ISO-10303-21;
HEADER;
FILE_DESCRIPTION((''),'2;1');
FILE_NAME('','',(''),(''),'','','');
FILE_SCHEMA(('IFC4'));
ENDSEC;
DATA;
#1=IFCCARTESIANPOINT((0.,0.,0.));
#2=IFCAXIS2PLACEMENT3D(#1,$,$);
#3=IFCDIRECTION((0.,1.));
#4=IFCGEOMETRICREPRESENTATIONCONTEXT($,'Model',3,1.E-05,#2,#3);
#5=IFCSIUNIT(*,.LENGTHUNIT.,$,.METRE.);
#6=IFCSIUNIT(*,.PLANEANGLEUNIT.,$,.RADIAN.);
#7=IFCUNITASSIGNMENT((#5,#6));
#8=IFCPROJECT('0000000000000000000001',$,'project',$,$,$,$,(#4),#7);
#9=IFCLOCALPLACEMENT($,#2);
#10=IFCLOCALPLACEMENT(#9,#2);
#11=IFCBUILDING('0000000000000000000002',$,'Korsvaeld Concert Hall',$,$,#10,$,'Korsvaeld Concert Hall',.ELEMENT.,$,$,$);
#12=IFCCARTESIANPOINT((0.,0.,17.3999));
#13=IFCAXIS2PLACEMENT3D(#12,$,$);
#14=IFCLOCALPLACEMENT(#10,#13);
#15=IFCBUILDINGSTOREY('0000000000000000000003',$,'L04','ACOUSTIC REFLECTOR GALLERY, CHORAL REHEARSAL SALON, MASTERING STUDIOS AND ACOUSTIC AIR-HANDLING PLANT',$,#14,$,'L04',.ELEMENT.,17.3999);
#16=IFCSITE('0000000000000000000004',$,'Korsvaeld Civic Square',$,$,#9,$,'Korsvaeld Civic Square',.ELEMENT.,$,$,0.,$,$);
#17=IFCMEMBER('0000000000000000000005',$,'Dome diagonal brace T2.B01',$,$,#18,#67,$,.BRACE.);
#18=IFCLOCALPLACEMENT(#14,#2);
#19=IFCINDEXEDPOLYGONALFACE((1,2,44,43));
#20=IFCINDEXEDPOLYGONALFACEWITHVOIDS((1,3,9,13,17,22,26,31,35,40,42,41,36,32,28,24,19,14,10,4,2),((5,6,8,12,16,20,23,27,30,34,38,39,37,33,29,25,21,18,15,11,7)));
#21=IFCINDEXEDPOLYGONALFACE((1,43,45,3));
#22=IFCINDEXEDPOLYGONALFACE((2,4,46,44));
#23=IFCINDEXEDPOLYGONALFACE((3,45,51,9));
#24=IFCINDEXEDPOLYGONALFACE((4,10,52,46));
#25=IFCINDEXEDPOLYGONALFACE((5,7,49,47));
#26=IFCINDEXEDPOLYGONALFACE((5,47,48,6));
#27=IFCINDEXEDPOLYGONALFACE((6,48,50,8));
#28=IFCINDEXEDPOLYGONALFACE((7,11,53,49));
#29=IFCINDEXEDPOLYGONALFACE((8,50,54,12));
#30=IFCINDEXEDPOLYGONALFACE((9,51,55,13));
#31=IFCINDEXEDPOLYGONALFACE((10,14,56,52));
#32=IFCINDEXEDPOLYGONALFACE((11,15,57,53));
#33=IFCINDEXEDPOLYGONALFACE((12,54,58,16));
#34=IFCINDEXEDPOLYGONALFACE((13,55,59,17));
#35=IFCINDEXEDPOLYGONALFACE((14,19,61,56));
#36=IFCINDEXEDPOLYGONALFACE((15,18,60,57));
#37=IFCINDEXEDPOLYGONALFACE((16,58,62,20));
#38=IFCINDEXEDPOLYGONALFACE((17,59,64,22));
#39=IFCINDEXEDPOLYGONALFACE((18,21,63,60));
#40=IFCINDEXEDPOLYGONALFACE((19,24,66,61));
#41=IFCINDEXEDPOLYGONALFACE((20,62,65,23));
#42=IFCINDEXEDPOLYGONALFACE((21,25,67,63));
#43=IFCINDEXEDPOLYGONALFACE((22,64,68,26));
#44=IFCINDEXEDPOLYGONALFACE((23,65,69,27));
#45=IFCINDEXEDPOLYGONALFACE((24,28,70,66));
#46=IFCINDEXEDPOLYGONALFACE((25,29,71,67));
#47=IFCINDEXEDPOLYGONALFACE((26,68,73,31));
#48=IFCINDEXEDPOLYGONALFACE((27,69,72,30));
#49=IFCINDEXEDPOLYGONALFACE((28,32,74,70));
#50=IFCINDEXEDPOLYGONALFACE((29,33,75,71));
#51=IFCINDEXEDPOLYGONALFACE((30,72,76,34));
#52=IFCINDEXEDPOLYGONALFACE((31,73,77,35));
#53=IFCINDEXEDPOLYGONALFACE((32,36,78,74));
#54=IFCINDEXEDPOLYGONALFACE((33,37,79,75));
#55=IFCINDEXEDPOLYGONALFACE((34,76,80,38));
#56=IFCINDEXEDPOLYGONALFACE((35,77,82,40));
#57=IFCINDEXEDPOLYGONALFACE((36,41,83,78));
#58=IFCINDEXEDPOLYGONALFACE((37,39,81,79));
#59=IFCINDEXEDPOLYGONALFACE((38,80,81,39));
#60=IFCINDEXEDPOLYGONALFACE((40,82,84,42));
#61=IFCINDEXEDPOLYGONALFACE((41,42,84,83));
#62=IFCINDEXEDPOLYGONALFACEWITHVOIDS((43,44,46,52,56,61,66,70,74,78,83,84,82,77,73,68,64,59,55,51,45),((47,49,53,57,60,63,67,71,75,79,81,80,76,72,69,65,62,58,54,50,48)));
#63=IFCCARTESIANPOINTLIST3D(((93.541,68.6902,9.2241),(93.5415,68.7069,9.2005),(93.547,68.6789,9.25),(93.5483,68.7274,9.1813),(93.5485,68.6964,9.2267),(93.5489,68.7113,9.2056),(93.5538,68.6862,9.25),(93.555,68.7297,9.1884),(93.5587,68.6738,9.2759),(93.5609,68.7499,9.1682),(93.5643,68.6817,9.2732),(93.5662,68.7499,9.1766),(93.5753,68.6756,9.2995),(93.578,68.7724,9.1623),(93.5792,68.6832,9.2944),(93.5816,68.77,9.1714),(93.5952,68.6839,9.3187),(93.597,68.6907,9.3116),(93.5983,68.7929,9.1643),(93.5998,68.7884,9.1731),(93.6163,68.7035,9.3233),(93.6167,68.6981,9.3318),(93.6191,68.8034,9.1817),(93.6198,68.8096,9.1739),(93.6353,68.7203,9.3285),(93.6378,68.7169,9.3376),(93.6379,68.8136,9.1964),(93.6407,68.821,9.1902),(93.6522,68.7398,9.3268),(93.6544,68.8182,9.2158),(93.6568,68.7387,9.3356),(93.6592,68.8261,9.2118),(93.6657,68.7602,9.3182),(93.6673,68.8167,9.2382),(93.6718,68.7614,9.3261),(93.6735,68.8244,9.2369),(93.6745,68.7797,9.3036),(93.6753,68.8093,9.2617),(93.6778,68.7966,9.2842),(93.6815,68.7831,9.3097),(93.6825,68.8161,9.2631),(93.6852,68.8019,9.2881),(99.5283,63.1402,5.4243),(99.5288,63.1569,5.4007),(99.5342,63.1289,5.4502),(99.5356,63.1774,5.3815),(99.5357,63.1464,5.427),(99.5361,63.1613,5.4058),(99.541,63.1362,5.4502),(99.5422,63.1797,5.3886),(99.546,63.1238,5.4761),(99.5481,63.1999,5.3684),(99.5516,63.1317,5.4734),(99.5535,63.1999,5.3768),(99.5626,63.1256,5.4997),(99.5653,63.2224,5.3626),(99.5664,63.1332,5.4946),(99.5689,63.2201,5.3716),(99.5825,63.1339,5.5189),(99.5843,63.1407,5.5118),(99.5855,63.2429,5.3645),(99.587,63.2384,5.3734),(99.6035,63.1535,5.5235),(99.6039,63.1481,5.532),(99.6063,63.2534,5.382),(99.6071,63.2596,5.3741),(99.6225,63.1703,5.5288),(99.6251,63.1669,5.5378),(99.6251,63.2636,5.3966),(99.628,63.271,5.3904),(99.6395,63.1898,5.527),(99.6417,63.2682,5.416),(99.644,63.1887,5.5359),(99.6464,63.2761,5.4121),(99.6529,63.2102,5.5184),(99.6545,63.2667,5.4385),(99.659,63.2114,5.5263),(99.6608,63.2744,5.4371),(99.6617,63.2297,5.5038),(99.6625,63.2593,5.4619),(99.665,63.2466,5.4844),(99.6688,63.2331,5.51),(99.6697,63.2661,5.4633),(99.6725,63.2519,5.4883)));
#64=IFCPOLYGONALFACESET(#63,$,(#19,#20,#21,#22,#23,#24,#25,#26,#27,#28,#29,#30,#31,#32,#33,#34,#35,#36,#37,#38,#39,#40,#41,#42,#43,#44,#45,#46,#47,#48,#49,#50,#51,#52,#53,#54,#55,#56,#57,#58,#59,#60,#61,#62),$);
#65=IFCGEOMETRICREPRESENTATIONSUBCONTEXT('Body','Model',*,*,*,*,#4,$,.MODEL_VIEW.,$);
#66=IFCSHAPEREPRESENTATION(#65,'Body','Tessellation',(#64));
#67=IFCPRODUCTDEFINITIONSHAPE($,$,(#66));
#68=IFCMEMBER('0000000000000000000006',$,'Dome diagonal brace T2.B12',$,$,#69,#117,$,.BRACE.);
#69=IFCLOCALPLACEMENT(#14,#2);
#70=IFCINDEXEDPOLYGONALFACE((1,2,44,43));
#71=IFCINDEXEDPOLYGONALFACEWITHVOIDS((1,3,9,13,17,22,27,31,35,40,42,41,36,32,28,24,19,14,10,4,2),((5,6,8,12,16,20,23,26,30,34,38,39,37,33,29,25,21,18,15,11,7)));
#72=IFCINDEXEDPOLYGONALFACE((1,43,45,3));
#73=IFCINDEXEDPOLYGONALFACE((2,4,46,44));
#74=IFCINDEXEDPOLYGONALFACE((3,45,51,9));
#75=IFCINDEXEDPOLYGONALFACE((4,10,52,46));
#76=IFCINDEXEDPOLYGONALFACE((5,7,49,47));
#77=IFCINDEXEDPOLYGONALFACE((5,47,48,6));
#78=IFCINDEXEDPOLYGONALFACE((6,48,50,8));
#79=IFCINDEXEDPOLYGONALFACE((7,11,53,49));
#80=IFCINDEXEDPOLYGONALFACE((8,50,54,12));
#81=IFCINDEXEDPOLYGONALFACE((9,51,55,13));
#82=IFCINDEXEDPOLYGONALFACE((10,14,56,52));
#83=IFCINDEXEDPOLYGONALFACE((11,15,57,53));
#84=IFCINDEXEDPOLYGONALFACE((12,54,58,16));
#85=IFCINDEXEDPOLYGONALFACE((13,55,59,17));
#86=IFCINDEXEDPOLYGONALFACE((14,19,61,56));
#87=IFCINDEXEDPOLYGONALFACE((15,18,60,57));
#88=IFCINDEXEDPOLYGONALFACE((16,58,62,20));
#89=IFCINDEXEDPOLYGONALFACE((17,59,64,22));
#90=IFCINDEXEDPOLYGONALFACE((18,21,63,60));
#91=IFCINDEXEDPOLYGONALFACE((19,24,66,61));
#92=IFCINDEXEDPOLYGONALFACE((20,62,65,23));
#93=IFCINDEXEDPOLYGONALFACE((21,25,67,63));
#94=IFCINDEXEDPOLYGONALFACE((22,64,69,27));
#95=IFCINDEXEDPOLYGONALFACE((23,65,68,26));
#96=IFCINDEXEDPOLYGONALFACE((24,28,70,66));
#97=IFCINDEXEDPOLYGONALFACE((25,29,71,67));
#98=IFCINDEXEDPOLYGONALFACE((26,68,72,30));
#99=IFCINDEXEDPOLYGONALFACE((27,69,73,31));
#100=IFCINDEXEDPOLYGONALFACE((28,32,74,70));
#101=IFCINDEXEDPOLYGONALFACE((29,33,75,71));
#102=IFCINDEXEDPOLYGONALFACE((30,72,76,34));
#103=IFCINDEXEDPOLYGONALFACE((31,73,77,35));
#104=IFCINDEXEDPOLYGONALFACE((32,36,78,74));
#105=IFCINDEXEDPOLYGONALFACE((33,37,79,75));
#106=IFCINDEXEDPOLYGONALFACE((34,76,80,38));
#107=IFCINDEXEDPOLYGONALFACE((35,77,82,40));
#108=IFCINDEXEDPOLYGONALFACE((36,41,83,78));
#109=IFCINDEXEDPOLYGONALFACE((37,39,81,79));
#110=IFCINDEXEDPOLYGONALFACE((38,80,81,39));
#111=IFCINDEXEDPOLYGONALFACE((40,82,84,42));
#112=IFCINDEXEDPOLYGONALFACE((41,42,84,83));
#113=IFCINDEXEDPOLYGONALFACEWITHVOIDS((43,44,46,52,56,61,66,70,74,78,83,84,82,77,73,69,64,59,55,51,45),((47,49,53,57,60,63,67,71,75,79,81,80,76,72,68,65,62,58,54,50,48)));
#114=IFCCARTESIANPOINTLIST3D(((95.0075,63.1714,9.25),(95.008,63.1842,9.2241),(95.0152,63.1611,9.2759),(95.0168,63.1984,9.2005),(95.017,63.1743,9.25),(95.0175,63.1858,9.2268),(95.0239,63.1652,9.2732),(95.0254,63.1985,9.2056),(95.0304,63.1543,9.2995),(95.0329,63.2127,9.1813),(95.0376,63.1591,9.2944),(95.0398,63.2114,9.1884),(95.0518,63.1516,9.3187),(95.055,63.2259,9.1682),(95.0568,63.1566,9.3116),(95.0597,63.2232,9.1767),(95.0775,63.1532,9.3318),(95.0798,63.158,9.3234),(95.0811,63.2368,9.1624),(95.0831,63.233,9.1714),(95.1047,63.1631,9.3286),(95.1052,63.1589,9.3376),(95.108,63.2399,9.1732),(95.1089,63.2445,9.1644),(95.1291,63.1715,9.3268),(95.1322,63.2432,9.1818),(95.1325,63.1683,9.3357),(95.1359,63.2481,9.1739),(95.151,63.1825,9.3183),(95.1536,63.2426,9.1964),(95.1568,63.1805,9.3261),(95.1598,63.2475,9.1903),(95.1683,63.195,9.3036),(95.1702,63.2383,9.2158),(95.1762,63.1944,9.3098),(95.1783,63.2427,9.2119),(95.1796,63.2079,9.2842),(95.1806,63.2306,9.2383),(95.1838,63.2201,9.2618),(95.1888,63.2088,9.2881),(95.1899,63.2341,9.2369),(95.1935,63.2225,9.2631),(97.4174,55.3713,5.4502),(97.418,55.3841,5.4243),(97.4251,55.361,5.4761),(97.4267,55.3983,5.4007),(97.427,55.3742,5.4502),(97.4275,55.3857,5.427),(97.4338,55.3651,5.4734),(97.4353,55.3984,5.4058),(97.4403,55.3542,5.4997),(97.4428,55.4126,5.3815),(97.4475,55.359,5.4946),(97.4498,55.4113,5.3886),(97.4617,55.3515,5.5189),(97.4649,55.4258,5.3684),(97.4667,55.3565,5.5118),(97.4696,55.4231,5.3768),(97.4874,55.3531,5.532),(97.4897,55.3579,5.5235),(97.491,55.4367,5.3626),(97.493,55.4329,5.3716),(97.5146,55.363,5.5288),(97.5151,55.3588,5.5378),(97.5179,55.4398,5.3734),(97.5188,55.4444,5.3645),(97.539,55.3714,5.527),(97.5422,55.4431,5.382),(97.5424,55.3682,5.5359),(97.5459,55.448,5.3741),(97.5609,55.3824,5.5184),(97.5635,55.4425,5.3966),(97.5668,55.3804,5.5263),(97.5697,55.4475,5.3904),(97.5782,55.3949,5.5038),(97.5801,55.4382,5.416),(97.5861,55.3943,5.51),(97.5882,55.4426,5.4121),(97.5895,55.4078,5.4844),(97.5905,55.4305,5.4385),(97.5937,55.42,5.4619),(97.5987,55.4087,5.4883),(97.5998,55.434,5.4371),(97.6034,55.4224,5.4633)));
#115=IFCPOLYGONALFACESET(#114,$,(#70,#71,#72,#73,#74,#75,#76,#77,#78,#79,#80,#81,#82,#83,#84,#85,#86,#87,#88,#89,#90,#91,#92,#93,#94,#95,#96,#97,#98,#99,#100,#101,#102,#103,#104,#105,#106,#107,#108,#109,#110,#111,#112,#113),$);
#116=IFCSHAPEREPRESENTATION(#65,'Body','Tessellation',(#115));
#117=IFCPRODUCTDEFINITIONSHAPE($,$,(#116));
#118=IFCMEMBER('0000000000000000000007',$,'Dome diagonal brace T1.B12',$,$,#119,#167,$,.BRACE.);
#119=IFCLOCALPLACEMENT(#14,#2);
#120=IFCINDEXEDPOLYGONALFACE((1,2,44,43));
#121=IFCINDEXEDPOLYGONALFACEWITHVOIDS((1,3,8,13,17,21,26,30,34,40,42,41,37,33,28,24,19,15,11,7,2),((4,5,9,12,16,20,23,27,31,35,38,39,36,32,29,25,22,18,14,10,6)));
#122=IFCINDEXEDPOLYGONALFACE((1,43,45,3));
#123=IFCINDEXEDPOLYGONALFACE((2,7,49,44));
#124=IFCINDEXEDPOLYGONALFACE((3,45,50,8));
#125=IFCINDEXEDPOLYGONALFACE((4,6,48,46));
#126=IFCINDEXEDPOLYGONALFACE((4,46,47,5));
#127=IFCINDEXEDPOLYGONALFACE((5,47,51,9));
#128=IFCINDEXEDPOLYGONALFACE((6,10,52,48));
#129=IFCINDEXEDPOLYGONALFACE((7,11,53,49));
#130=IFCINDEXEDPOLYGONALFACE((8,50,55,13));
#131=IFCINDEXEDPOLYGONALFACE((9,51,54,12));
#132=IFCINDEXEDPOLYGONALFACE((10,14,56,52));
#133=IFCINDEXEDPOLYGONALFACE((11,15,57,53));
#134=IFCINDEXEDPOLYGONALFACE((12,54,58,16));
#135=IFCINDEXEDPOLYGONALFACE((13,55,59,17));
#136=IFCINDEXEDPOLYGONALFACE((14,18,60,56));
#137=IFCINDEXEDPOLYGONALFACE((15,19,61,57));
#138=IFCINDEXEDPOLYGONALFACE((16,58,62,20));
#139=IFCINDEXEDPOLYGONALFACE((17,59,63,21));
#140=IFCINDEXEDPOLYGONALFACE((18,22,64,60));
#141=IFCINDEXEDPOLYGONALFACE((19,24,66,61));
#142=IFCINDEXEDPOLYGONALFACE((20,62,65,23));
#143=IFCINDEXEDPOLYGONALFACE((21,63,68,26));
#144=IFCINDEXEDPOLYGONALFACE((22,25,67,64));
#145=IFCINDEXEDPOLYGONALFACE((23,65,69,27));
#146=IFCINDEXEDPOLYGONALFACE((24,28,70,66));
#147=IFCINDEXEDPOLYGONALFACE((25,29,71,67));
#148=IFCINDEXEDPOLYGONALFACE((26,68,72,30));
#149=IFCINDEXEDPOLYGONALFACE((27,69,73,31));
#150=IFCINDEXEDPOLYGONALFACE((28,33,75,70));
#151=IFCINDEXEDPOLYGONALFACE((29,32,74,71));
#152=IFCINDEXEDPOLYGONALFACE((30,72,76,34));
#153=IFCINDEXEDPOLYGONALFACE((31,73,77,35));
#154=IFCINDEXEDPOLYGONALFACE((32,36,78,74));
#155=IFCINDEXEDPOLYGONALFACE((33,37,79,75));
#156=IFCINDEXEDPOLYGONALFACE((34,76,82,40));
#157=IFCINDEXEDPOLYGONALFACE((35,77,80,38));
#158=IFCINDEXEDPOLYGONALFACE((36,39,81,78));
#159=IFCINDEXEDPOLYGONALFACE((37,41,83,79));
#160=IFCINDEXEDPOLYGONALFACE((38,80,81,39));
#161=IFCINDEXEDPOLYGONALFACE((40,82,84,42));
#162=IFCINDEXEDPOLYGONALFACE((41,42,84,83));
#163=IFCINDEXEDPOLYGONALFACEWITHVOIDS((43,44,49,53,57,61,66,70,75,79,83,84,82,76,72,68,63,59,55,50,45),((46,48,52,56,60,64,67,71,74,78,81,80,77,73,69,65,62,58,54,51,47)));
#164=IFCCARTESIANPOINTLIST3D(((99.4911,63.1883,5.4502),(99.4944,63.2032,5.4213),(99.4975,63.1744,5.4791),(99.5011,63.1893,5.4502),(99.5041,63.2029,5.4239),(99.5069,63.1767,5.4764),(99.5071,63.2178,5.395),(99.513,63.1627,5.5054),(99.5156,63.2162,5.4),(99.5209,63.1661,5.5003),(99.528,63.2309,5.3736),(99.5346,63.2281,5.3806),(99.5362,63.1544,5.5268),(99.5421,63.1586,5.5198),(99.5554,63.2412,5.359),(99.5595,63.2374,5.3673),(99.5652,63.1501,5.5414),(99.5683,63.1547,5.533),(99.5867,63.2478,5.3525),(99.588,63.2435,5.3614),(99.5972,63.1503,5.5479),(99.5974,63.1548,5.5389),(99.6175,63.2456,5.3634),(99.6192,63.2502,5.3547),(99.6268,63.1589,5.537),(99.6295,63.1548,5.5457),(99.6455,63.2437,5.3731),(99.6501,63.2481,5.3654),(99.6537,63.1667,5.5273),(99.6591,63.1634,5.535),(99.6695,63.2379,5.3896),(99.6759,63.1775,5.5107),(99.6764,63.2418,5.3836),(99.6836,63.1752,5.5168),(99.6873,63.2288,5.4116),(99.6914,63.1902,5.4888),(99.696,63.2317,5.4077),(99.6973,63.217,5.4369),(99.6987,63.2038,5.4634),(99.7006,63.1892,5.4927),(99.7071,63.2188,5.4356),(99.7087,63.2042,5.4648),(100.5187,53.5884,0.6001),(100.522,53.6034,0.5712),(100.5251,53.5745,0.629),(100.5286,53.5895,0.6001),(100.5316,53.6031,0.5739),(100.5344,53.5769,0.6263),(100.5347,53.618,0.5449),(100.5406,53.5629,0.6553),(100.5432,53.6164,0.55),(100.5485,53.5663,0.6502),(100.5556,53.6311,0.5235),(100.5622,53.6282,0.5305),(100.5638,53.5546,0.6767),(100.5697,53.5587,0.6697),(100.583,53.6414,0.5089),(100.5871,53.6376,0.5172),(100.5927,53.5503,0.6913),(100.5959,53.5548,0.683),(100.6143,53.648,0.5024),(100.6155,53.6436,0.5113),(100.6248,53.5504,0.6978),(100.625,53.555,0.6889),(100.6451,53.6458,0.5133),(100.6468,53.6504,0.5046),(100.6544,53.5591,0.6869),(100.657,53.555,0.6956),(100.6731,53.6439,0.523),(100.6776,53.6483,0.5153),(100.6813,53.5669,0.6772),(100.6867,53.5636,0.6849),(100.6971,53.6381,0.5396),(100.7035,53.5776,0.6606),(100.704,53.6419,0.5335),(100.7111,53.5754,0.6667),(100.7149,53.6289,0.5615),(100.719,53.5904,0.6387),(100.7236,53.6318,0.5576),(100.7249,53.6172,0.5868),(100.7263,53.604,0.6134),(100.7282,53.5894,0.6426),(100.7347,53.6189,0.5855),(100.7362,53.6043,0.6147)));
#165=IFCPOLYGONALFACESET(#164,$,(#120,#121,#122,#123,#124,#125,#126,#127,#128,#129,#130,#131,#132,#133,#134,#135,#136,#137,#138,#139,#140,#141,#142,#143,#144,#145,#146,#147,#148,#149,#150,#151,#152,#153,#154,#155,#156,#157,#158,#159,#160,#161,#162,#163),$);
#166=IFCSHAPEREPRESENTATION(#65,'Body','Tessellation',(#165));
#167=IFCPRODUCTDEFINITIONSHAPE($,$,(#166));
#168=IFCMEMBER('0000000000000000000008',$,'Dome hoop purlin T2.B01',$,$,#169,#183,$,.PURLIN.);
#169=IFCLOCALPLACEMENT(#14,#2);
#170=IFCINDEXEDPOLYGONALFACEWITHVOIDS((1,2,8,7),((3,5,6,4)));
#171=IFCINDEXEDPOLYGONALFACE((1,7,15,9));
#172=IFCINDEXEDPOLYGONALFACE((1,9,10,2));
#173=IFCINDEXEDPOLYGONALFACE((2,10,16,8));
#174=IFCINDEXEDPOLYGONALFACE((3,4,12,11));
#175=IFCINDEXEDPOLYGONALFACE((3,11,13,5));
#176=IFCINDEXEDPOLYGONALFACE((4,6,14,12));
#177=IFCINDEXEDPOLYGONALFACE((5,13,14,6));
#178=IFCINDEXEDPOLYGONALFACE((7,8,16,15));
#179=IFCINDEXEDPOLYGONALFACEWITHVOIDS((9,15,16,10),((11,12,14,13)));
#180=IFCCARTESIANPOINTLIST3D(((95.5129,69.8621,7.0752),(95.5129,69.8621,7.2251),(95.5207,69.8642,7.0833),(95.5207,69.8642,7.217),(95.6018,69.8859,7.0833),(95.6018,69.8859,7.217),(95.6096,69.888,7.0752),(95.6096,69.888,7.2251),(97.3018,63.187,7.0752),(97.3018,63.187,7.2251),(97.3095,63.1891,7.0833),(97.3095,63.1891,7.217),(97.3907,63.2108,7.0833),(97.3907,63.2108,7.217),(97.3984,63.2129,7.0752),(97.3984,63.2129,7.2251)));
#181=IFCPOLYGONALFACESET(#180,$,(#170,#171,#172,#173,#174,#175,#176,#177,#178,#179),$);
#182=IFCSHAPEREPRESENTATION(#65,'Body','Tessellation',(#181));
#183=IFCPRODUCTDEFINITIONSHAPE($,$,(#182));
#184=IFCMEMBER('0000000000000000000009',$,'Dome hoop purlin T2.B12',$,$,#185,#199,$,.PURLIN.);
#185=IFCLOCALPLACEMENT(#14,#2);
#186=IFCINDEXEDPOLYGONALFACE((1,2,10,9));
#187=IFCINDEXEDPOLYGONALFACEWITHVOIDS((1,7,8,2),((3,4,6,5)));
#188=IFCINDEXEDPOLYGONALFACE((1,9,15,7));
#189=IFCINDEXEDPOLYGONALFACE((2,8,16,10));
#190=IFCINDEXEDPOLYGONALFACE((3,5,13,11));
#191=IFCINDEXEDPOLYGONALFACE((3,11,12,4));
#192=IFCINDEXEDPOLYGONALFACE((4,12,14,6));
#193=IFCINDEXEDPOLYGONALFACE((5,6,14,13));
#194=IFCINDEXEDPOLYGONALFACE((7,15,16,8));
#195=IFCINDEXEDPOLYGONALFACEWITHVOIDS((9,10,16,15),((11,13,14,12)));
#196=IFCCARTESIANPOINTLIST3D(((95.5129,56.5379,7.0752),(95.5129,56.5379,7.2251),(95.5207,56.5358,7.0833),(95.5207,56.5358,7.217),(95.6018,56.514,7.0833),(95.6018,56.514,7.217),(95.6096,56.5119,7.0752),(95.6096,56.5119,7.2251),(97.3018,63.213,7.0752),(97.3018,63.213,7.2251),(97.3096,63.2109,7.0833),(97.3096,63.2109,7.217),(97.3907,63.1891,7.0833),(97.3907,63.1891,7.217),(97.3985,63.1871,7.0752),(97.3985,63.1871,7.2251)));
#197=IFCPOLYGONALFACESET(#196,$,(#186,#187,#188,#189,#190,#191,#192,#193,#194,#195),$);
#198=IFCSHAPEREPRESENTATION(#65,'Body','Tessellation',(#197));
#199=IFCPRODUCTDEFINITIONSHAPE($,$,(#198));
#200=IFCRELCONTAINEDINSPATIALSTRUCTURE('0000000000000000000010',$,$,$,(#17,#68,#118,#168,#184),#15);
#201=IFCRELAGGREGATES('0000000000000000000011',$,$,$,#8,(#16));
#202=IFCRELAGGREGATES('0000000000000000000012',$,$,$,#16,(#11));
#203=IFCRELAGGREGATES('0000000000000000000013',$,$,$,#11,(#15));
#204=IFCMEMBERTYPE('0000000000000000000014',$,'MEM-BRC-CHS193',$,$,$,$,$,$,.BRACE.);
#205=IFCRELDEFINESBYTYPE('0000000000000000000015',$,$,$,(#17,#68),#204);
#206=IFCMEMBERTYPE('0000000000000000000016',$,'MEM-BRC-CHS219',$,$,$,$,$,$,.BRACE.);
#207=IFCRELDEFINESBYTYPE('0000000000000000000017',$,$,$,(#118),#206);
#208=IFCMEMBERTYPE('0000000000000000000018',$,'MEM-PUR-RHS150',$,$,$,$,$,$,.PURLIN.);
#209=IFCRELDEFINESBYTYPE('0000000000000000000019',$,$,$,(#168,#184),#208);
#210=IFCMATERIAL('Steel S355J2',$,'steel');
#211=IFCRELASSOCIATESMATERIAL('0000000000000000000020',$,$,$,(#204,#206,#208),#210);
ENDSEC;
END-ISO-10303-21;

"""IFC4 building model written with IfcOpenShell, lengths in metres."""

from ifc_helpers import new_model, si_unit, direction, frame, origin, origin_2d, place, context, subcontext, project, spatial, hollow_rectangle, hollow_circle, extrude, material, material_profile, profile_set, type_object, element, save


model = new_model("IFC4")

# Units and contexts
model_context = context("Model", 3, precision=1e-05, world=origin(), true_north=direction((0.0, 1.0)))
body_context = subcontext(model_context, "Body", "Model", "MODEL_VIEW")
ifc_project = project(units=[si_unit("LENGTHUNIT", "METRE"), si_unit("PLANEANGLEUNIT", "RADIAN")], contexts=[model_context])

# Site, building, storey
site_placement = place(None, origin())
site = spatial("IfcSite", under=ifc_project, at=site_placement, Name="Korsvaeld Civic Square", LongName="Korsvaeld Civic Square", CompositionType="ELEMENT", RefElevation=0.0)
building_placement = place(site_placement, origin())
building = spatial("IfcBuilding", under=site, at=building_placement, Name="Korsvaeld Concert Hall", LongName="Korsvaeld Concert Hall", CompositionType="ELEMENT")
storey_placement = place(building_placement, frame((0.0, 0.0, 17.3999)))
storey = spatial("IfcBuildingStorey", under=building, at=storey_placement, Name="L04", Description="ACOUSTIC REFLECTOR GALLERY, CHORAL REHEARSAL SALON, MASTERING STUDIOS AND ACOUSTIC AIR-HANDLING PLANT", LongName="L04", CompositionType="ELEMENT", Elevation=17.3999)

# Shared definitions
ifc_material_1 = material(Name="Steel S355J2", Category="steel")

# Members
ifc_material_profile_1 = material_profile(ifc_material_1, hollow_circle(Radius=0.0969, WallThickness=0.01, at=origin_2d()), Name="CHS 193.7x10")
ifc_profile_set_1 = profile_set([ifc_material_profile_1], Name="Steel S355J2")
member_type_1 = type_object("IfcMemberType", Name="MEM-BRC-CHS193", PredefinedType="BRACE", material=ifc_profile_set_1)
for number, where, z_axis, x_axis, name in (
    (1, (99.6001, 63.2, 5.4502), (-0.664889, 0.616332, 0.421968), (-0.67982, -0.733379, 0.0), "Dome diagonal brace T2.B01"),
    (2, (97.51, 55.3999, 5.4502), (-0.267624, 0.866207, 0.421974), (-0.955438, -0.295193, 0.0), "Dome diagonal brace T2.B12"),
):
    element("IfcMember", number, at=place(storey_placement, frame(where, z_axis=z_axis, x_axis=x_axis)), inside=storey, type_object=member_type_1, Name=name, PredefinedType="BRACE", context=body_context, shape_type="SweptSolid", body=[
        extrude(hollow_circle(Radius=0.0969, WallThickness=0.01, at=origin_2d()), origin(), (0.0, 0.0, 1.0), 9.0049),
    ])
ifc_material_profile_2 = material_profile(ifc_material_1, hollow_circle(Radius=0.1096, WallThickness=0.01, at=origin_2d()), Name="CHS 219.1x10")
ifc_profile_set_2 = profile_set([ifc_material_profile_2], Name="Steel S355J2")
member_type_2 = type_object("IfcMemberType", Name="MEM-BRC-CHS219", PredefinedType="BRACE", material=ifc_profile_set_2)
member_1_placement = place(storey_placement, frame((100.6277, 53.6001, 0.6001), z_axis=(-0.095108, 0.888508, 0.448897), x_axis=(-0.99432, -0.106434, 0.0)))
element("IfcMember", 3, at=member_1_placement, inside=storey, type_object=member_type_2, Name="Dome diagonal brace T1.B12", PredefinedType="BRACE", context=body_context, shape_type="SweptSolid", body=[
    extrude(hollow_circle(Radius=0.1096, WallThickness=0.01, at=origin_2d()), origin(), (0.0, 0.0, 1.0), 10.8044),
])
ifc_material_profile_3 = material_profile(ifc_material_1, hollow_rectangle(XDim=0.1001, YDim=0.1499, WallThickness=0.0081, at=origin_2d()), Name="RHS 150x100x8")
ifc_profile_set_3 = profile_set([ifc_material_profile_3], Name="Steel S355J2")
member_type_3 = type_object("IfcMemberType", Name="MEM-PUR-RHS150", PredefinedType="PURLIN", material=ifc_profile_set_3)
for number, where, z_axis, x_axis, name in (
    (4, (97.3501, 63.2, 7.1501), (-0.258852, 0.965917, 0.0), (-0.965917, -0.258852, 0.0), "Dome hoop purlin T2.B01"),
    (5, (95.5613, 56.5249, 7.1501), (0.258852, 0.965917, 0.0), (-0.965917, 0.258852, 0.0), "Dome hoop purlin T2.B12"),
):
    element("IfcMember", number, at=place(storey_placement, frame(where, z_axis=z_axis, x_axis=x_axis)), inside=storey, type_object=member_type_3, Name=name, PredefinedType="PURLIN", context=body_context, shape_type="SweptSolid", body=[
        extrude(hollow_rectangle(XDim=0.1001, YDim=0.1499, WallThickness=0.0081, at=origin_2d()), origin(), (0.0, 0.0, 1.0), 6.9106),
    ])

save(model, "model.ifc")
